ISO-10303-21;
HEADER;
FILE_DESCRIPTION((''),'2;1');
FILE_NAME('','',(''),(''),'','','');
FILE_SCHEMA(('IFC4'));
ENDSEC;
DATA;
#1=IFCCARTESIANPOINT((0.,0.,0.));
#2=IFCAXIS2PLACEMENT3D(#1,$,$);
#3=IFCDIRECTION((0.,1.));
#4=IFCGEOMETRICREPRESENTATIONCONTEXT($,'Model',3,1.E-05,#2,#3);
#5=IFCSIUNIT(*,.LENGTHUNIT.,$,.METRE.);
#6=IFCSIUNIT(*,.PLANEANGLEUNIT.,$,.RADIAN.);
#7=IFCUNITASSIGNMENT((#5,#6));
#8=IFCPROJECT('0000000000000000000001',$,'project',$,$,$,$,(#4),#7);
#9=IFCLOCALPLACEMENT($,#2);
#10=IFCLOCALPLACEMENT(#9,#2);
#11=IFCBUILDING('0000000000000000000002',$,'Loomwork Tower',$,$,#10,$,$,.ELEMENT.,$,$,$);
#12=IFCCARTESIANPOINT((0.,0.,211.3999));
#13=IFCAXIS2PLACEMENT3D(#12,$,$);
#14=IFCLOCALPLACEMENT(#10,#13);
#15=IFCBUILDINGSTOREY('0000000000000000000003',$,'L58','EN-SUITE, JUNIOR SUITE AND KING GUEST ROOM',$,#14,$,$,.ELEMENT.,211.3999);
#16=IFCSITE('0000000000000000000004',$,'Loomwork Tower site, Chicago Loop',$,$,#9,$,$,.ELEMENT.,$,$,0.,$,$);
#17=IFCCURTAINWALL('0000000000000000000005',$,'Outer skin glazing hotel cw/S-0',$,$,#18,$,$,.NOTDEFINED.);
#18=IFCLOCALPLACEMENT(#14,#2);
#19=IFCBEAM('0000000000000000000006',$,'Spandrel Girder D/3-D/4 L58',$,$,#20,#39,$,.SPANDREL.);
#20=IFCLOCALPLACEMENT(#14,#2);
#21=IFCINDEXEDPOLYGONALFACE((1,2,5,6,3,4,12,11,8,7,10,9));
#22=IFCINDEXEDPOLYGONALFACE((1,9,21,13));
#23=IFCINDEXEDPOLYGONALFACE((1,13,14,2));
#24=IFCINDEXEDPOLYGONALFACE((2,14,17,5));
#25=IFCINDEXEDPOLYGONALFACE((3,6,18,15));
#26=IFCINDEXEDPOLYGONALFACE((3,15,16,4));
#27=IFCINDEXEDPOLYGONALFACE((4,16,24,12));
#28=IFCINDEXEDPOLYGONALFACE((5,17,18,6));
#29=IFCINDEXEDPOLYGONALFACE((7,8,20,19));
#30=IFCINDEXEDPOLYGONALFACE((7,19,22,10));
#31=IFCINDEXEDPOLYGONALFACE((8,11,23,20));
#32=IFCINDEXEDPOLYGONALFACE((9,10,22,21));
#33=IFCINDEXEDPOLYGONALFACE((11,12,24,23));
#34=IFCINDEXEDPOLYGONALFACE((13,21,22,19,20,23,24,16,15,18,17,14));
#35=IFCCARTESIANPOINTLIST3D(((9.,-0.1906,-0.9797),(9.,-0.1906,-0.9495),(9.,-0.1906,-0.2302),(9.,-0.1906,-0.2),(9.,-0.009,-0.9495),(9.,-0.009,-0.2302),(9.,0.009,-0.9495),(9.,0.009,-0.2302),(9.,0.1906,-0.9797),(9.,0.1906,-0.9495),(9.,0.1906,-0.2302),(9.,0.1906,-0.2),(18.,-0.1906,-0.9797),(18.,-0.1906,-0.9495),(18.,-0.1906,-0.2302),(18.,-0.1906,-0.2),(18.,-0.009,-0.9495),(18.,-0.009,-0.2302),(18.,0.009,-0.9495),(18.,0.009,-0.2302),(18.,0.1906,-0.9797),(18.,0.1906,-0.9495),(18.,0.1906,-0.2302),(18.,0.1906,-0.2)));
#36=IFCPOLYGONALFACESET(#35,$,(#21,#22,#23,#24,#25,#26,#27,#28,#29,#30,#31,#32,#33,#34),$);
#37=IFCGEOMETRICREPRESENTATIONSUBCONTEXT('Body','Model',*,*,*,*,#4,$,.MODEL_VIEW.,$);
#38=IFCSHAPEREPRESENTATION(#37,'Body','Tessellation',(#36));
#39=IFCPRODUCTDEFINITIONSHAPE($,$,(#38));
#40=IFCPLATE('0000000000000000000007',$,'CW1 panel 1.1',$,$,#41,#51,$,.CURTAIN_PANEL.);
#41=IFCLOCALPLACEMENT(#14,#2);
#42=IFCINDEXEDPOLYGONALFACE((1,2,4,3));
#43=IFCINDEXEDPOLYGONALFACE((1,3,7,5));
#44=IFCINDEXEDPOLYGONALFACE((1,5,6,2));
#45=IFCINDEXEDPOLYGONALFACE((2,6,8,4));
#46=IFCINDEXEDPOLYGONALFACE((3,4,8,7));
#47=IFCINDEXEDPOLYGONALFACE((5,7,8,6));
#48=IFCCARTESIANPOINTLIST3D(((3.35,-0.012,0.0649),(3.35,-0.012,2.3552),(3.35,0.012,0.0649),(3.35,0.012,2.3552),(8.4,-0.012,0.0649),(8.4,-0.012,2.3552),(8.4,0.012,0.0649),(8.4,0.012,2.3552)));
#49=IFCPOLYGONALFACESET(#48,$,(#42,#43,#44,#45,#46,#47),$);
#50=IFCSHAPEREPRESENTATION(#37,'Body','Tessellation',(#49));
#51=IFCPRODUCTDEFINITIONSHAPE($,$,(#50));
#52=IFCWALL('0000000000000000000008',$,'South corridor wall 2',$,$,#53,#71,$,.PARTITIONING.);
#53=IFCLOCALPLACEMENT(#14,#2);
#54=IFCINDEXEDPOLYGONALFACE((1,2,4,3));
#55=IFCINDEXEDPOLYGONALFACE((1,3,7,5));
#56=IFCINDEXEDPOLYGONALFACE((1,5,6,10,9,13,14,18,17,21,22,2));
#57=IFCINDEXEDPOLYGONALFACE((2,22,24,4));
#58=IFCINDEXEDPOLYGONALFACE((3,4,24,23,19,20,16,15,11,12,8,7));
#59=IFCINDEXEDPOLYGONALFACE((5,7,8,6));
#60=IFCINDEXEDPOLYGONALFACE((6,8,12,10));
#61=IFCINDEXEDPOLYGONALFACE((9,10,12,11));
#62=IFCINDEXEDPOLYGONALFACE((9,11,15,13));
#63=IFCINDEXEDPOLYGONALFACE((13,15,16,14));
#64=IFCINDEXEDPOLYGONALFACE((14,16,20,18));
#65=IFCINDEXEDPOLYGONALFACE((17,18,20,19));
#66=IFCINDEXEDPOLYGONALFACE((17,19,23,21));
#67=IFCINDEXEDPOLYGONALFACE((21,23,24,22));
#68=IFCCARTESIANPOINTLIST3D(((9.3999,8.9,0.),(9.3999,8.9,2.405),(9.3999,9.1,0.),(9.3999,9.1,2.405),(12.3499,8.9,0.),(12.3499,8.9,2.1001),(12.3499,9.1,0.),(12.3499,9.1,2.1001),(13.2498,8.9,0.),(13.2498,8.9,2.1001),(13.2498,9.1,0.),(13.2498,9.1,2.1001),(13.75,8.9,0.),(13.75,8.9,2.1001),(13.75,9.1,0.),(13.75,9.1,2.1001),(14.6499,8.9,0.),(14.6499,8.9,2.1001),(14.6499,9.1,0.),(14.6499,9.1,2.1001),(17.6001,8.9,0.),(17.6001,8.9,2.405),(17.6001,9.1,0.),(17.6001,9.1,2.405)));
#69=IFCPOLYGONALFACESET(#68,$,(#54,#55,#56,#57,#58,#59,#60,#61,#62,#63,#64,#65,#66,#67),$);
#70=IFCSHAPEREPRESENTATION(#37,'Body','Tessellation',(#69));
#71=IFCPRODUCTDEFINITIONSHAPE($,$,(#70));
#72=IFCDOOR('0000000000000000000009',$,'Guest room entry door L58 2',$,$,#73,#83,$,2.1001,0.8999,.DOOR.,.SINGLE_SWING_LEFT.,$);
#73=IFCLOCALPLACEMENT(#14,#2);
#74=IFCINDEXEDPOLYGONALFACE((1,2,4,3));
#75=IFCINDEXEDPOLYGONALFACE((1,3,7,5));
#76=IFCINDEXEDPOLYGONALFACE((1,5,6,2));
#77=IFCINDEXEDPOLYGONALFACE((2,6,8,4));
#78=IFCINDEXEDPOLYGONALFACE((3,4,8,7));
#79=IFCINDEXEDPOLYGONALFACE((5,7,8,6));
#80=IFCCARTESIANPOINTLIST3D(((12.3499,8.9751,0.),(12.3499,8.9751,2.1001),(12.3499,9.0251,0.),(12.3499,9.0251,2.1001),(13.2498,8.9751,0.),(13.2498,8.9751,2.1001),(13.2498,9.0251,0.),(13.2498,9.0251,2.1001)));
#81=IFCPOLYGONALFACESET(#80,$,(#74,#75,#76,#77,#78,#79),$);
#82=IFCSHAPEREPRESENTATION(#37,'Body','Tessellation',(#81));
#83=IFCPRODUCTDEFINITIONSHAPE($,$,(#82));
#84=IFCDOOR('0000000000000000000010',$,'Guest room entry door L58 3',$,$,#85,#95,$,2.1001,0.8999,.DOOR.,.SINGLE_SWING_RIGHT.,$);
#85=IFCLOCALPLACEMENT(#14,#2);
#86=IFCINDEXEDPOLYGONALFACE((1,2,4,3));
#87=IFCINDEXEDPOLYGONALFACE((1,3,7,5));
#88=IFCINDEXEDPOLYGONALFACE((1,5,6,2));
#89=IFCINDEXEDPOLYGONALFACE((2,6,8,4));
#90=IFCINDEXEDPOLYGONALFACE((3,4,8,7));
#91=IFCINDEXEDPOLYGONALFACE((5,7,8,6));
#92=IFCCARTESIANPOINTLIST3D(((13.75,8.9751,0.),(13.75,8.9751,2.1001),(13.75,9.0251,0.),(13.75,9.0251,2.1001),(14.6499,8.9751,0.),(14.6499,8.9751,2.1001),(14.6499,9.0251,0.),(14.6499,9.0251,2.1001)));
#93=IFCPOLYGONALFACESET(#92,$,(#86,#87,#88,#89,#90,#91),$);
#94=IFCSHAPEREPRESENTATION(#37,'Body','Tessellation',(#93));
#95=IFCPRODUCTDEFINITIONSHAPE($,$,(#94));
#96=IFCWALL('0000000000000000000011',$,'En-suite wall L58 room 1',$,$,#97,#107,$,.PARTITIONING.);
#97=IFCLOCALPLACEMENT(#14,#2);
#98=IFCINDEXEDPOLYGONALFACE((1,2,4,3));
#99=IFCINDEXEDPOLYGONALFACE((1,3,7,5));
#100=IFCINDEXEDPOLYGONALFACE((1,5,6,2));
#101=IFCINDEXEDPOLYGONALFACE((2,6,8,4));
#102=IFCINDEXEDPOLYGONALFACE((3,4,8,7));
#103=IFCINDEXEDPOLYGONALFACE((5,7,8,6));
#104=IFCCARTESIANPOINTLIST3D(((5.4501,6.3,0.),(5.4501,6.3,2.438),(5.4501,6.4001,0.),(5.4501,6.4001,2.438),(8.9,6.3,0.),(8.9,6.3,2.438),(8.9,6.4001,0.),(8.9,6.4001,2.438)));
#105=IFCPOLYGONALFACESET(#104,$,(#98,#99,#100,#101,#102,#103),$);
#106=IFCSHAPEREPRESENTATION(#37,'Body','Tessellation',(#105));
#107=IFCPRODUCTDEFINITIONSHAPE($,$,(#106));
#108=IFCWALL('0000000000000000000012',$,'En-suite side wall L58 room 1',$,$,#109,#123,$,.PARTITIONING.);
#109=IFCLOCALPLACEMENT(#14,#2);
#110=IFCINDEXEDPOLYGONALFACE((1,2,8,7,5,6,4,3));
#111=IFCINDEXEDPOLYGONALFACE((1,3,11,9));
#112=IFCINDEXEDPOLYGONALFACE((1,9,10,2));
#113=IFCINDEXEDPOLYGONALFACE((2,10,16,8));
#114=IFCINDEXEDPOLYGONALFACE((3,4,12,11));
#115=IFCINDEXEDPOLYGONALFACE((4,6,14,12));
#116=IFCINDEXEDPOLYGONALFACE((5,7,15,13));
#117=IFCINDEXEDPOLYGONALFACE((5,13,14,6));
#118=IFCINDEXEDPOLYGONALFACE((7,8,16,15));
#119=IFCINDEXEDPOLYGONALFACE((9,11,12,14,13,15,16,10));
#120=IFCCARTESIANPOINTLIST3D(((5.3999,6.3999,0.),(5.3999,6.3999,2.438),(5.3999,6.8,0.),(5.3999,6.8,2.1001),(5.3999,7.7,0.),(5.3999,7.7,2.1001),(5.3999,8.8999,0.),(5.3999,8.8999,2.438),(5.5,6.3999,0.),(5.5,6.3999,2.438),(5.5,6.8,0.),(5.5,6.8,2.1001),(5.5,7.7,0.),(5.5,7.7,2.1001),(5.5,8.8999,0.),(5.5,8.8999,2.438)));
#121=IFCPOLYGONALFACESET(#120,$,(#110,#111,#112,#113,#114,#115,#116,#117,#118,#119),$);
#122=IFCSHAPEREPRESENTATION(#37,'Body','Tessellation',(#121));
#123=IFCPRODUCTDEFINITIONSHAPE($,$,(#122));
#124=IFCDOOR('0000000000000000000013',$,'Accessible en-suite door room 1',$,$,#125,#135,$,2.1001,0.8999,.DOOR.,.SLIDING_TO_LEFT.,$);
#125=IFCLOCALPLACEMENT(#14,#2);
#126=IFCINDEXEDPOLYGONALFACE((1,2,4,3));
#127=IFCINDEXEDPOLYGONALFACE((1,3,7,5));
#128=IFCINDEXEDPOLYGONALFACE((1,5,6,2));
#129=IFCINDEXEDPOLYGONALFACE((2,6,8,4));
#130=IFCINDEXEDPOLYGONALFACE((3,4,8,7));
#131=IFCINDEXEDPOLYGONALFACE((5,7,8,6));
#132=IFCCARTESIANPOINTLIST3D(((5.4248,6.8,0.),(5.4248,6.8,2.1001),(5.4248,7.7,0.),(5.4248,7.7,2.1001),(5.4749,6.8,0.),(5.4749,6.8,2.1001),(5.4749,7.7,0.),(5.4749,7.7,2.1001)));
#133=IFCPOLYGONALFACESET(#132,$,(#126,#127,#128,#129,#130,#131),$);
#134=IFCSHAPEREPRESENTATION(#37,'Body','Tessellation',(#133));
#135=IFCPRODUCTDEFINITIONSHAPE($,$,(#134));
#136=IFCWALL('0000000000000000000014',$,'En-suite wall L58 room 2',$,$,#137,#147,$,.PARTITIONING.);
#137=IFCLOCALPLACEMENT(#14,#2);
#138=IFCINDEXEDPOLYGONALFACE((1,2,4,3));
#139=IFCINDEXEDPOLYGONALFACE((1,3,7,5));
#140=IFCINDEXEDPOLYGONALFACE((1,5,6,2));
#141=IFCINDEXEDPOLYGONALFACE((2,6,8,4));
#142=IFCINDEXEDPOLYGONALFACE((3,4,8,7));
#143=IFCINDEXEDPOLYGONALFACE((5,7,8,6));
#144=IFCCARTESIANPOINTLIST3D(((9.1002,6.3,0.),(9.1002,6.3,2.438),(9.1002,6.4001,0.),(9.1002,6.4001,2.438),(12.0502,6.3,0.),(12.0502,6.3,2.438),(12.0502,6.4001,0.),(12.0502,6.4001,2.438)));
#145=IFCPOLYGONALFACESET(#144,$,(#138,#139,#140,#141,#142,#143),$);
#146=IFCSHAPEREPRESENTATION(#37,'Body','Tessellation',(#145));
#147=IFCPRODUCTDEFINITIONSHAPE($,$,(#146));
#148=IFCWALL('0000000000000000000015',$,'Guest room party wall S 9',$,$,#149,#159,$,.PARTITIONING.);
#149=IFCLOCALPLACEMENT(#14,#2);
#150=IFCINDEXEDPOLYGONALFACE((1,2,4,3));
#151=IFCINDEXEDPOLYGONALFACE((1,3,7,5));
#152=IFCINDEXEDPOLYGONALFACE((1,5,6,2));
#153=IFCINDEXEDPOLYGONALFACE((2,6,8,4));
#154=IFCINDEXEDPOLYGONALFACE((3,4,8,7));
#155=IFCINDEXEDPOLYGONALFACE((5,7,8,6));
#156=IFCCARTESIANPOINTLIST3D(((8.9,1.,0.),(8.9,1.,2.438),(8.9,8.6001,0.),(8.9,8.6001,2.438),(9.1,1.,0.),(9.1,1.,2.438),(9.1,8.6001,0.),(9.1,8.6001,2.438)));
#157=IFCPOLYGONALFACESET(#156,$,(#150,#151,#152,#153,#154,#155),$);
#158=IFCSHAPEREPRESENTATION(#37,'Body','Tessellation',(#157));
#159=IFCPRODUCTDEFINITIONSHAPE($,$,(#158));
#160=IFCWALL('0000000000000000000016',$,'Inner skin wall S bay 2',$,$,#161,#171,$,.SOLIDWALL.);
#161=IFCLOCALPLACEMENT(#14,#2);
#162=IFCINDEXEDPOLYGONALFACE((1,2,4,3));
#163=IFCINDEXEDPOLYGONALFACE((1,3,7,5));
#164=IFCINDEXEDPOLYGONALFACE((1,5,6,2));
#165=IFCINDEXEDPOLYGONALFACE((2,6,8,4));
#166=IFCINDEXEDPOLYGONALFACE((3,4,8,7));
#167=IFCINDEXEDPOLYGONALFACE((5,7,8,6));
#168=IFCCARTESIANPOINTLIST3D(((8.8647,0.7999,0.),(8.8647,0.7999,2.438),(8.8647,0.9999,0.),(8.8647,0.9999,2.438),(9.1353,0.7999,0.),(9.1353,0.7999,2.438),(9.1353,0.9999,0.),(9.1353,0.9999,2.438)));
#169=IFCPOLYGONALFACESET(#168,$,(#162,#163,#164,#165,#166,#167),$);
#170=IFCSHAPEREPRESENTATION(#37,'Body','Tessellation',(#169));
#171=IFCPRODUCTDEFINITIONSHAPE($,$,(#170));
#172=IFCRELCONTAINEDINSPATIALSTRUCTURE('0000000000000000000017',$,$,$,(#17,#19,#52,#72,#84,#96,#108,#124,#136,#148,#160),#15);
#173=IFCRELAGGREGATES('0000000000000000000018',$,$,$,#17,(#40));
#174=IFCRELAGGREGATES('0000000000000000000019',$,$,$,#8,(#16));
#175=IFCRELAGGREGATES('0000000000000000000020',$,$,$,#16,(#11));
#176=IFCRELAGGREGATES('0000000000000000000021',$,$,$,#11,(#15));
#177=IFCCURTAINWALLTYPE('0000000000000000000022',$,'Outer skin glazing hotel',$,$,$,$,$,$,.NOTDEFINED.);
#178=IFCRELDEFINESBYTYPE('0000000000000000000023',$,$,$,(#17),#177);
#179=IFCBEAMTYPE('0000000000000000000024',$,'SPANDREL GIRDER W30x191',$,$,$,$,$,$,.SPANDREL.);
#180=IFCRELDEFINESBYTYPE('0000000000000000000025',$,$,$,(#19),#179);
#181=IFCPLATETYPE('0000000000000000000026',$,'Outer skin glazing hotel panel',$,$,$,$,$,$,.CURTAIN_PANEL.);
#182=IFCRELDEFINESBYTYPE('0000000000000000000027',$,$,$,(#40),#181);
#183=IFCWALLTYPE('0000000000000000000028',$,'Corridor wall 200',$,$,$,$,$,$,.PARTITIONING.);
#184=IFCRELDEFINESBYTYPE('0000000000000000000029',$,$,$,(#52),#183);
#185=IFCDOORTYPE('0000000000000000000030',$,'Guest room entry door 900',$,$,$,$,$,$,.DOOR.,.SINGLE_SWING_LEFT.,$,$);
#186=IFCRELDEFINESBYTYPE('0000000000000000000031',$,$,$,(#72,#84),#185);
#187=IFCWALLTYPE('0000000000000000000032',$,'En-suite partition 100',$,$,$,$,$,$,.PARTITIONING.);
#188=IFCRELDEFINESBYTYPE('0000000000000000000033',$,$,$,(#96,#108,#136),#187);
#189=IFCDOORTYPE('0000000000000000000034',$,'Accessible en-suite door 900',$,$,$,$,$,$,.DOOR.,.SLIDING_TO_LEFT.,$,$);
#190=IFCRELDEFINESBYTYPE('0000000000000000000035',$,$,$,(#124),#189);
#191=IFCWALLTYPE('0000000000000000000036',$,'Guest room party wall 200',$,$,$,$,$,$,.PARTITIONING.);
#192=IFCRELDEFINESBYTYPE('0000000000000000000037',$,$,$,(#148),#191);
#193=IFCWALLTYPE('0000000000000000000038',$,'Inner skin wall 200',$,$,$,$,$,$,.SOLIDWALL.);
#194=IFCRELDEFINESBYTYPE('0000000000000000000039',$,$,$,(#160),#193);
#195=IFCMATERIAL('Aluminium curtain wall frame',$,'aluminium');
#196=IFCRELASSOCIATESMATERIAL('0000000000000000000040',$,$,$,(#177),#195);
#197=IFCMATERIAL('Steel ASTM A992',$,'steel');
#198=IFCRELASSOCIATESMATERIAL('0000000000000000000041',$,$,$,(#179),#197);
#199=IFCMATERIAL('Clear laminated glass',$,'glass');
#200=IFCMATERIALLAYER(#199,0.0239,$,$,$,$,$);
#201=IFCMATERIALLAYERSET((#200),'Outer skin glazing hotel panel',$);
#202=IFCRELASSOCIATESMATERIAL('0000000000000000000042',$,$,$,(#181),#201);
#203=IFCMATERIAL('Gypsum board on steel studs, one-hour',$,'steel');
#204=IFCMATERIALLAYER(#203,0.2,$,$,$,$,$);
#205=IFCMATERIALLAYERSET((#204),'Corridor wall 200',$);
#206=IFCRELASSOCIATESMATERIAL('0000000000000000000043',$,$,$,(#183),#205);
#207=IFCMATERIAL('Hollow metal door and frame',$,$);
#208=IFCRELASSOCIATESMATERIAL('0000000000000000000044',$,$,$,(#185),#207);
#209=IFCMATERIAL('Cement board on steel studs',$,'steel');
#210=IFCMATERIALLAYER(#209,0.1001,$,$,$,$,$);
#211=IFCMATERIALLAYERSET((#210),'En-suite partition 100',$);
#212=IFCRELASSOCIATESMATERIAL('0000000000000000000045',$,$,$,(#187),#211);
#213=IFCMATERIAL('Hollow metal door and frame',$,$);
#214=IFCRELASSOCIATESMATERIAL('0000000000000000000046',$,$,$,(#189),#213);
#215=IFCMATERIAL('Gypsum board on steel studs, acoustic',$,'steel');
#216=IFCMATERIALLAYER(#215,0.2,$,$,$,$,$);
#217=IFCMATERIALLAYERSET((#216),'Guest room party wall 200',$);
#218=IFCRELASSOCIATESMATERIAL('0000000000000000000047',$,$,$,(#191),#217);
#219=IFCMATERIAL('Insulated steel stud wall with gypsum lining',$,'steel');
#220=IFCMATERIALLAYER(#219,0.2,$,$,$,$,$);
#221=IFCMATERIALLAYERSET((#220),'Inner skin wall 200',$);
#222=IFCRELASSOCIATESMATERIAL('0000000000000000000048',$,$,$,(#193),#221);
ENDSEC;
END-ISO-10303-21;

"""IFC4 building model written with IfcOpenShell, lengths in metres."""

from ifc_helpers import new_model, si_unit, direction, frame, frame_2d, origin, origin_2d, place, context, subcontext, project, spatial, rectangle, i_section, extrude, material, layer, layer_set, material_profile, profile_set, type_object, element, fill, aggregate, save


model = new_model("IFC4")

# Units and contexts
model_context = context("Model", 3, precision=1e-05, world=origin(), true_north=direction((0.0, 1.0)))
body_context = subcontext(model_context, "Body", "Model", "MODEL_VIEW")
ifc_project = project(units=[si_unit("LENGTHUNIT", "METRE"), si_unit("PLANEANGLEUNIT", "RADIAN")], contexts=[model_context])

# Site, building, storey
site_placement = place(None, origin())
site = spatial("IfcSite", under=ifc_project, at=site_placement, Name="Loomwork Tower site, Chicago Loop", CompositionType="ELEMENT", RefElevation=0.0)
building_placement = place(site_placement, origin())
building = spatial("IfcBuilding", under=site, at=building_placement, Name="Loomwork Tower", CompositionType="ELEMENT")
storey_placement = place(building_placement, frame((0.0, 0.0, 211.3999)))
storey = spatial("IfcBuildingStorey", under=building, at=storey_placement, Name="L58", Description="EN-SUITE, JUNIOR SUITE AND KING GUEST ROOM", CompositionType="ELEMENT", Elevation=211.3999)

# Curtain wall
ifc_material_1 = material(Name="Aluminium curtain wall frame", Category="aluminium")
curtain_wall_type = type_object("IfcCurtainWallType", Name="Outer skin glazing hotel", PredefinedType="NOTDEFINED", material=ifc_material_1)
curtain_wall_1_placement = place(storey_placement, origin())
curtain_wall_1 = element("IfcCurtainWall", 1, at=curtain_wall_1_placement, inside=storey, type_object=curtain_wall_type, Name="Outer skin glazing hotel cw/S-0", PredefinedType="NOTDEFINED")

# Beam
ifc_material_2 = material(Name="Steel ASTM A992", Category="steel")
ifc_material_profile_1 = material_profile(ifc_material_2, i_section(OverallWidth=0.3811, OverallDepth=0.7798, WebThickness=0.0181, FlangeThickness=0.0303, at=origin_2d()), Name="W30x191")
ifc_profile_set_1 = profile_set([ifc_material_profile_1], Name="Steel ASTM A992")
beam_type_1 = type_object("IfcBeamType", Name="SPANDREL GIRDER W30x191", PredefinedType="SPANDREL", material=ifc_profile_set_1)
beam_1_placement = place(storey_placement, frame((9.0, 0.0, -0.5898), z_axis=(1.0, 0.0, 0.0), x_axis=(0.0, 1.0, 0.0)))
element("IfcBeam", 2, at=beam_1_placement, inside=storey, type_object=beam_type_1, Name="Spandrel Girder D/3-D/4 L58", PredefinedType="SPANDREL", context=body_context, shape_type="SweptSolid", body=[
    extrude(i_section(OverallWidth=0.3811, OverallDepth=0.7798, WebThickness=0.0181, FlangeThickness=0.0303, at=origin_2d()), origin(), (0.0, 0.0, 1.0), 9.0),
])

# Plate
ifc_material_3 = material(Name="Clear laminated glass", Category="glass")
ifc_layer_1 = layer(ifc_material_3, 0.0239)
ifc_layer_set_1 = layer_set([ifc_layer_1], Name="Outer skin glazing hotel panel")
plate_type = type_object("IfcPlateType", Name="Outer skin glazing hotel panel", PredefinedType="CURTAIN_PANEL", material=ifc_layer_set_1)
plate_placement = place(storey_placement, frame((5.875, 0.0, 0.0649), z_axis=(0.0, 0.0, 1.0), x_axis=(1.0, 0.0, 0.0)))
plate = element("IfcPlate", 3, at=plate_placement, type_object=plate_type, Name="CW1 panel 1.1", PredefinedType="CURTAIN_PANEL", context=body_context, shape_type="SweptSolid", body=[
    extrude(rectangle(XDim=5.05, YDim=0.0239, at=origin_2d()), origin(), (0.0, 0.0, 1.0), 2.2903),
])
aggregate(curtain_wall_1, [plate])

# Wall, openings, doors
ifc_material_4 = material(Name="Gypsum board on steel studs, one-hour", Category="steel")
ifc_layer_2 = layer(ifc_material_4, 0.2)
ifc_layer_set_2 = layer_set([ifc_layer_2], Name="Corridor wall 200")
wall_type_1 = type_object("IfcWallType", Name="Corridor wall 200", PredefinedType="PARTITIONING", material=ifc_layer_set_2)
wall_1_placement = place(storey_placement, frame((9.3999, 9.0, 0.0), z_axis=(0.0, 0.0, 1.0), x_axis=(1.0, 0.0, 0.0)))
wall_1 = element("IfcWall", 4, at=wall_1_placement, inside=storey, type_object=wall_type_1, Name="South corridor wall 2", PredefinedType="PARTITIONING", context=body_context, shape_type="SweptSolid", body=[
    extrude(rectangle(XDim=8.2002, YDim=0.2, at=frame_2d((4.1001, 0.0))), origin(), (0.0, 0.0, 1.0), 2.405),
])
opening_1_placement = place(wall_1_placement, frame((2.95, 0.0, 0.0)))
opening_1 = element("IfcOpeningElement", 5, at=opening_1_placement, cuts=wall_1, PredefinedType="OPENING", context=body_context, shape_type="SweptSolid", body=[
    extrude(rectangle(XDim=0.8999, YDim=2.1001, at=frame_2d((0.45, 1.05))), frame((0.0, 0.1099, 0.0), z_axis=(0.0, -1.0, 0.0), x_axis=(1.0, 0.0, 0.0)), (0.0, 0.0, 1.0), 0.22),
])
opening_2_placement = place(wall_1_placement, frame((4.3501, 0.0, 0.0)))
opening_2 = element("IfcOpeningElement", 6, at=opening_2_placement, cuts=wall_1, PredefinedType="OPENING", context=body_context, shape_type="SweptSolid", body=[
    extrude(rectangle(XDim=0.8999, YDim=2.1001, at=frame_2d((0.45, 1.05))), frame((0.0, 0.1099, 0.0), z_axis=(0.0, -1.0, 0.0), x_axis=(1.0, 0.0, 0.0)), (0.0, 0.0, 1.0), 0.22),
])
ifc_material_5 = material(Name="Hollow metal door and frame")
door_type_1 = type_object("IfcDoorType", Name="Guest room entry door 900", OperationType="SINGLE_SWING_LEFT", PredefinedType="DOOR", material=ifc_material_5)
door_1_placement = place(opening_1_placement, frame((0.8999, 0.0, 0.0), z_axis=(0.0, 0.0, 1.0), x_axis=(-1.0, 0.0, 0.0)))
door_1 = element("IfcDoor", 7, at=door_1_placement, inside=storey, type_object=door_type_1, Name="Guest room entry door L58 2", OperationType="SINGLE_SWING_LEFT", OverallHeight=2.1001, OverallWidth=0.8999, PredefinedType="DOOR", context=body_context, shape_type="SweptSolid", body=[
    extrude(rectangle(XDim=0.8999, YDim=2.1001, at=frame_2d((0.45, 1.05))), frame((0.0, 0.0249, 0.0), z_axis=(0.0, -1.0, 0.0), x_axis=(1.0, 0.0, 0.0)), (0.0, 0.0, 1.0), 0.05),
])
fill(opening_1, door_1)
door_2_placement = place(opening_2_placement, frame((0.8999, 0.0, 0.0), z_axis=(0.0, 0.0, 1.0), x_axis=(-1.0, 0.0, 0.0)))
door_2 = element("IfcDoor", 8, at=door_2_placement, inside=storey, type_object=door_type_1, Name="Guest room entry door L58 3", OperationType="SINGLE_SWING_RIGHT", OverallHeight=2.1001, OverallWidth=0.8999, PredefinedType="DOOR", context=body_context, shape_type="SweptSolid", body=[
    extrude(rectangle(XDim=0.8999, YDim=2.1001, at=frame_2d((0.45, 1.05))), frame((0.0, 0.0249, 0.0), z_axis=(0.0, -1.0, 0.0), x_axis=(1.0, 0.0, 0.0)), (0.0, 0.0, 1.0), 0.05),
])
fill(opening_2, door_2)

# Wall
ifc_material_6 = material(Name="Cement board on steel studs", Category="steel")
ifc_layer_3 = layer(ifc_material_6, 0.1001)
ifc_layer_set_3 = layer_set([ifc_layer_3], Name="En-suite partition 100")
wall_type_2 = type_object("IfcWallType", Name="En-suite partition 100", PredefinedType="PARTITIONING", material=ifc_layer_set_3)
wall_2_placement = place(storey_placement, frame((5.45, 6.3501, 0.0), z_axis=(0.0, 0.0, 1.0), x_axis=(1.0, 0.0, 0.0)))
element("IfcWall", 9, at=wall_2_placement, inside=storey, type_object=wall_type_2, Name="En-suite wall L58 room 1", PredefinedType="PARTITIONING", context=body_context, shape_type="SweptSolid", body=[
    extrude(rectangle(XDim=3.45, YDim=0.1001, at=frame_2d((1.7251, 0.0))), origin(), (0.0, 0.0, 1.0), 2.438),
])

# Wall, opening, door
wall_3_placement = place(storey_placement, frame((5.45, 8.8999, 0.0), z_axis=(0.0, 0.0, 1.0), x_axis=(0.0, -1.0, 0.0)))
wall_3 = element("IfcWall", 10, at=wall_3_placement, inside=storey, type_object=wall_type_2, Name="En-suite side wall L58 room 1", PredefinedType="PARTITIONING", context=body_context, shape_type="SweptSolid", body=[
    extrude(rectangle(XDim=2.5, YDim=0.1001, at=frame_2d((1.25, 0.0))), origin(), (0.0, 0.0, 1.0), 2.438),
])
opening_3_placement = place(wall_3_placement, frame((1.2, 0.0, 0.0)))
opening_3 = element("IfcOpeningElement", 11, at=opening_3_placement, cuts=wall_3, PredefinedType="OPENING", context=body_context, shape_type="SweptSolid", body=[
    extrude(rectangle(XDim=0.8999, YDim=2.1001, at=frame_2d((0.45, 1.05))), frame((0.0, 0.0601, 0.0), z_axis=(0.0, -1.0, 0.0), x_axis=(1.0, 0.0, 0.0)), (0.0, 0.0, 1.0), 0.1201),
])
ifc_material_7 = material(Name="Hollow metal door and frame")
door_type_2 = type_object("IfcDoorType", Name="Accessible en-suite door 900", OperationType="SLIDING_TO_LEFT", PredefinedType="DOOR", material=ifc_material_7)
door_3_placement = place(opening_3_placement, origin())
door_3 = element("IfcDoor", 12, at=door_3_placement, inside=storey, type_object=door_type_2, Name="Accessible en-suite door room 1", OperationType="SLIDING_TO_LEFT", OverallHeight=2.1001, OverallWidth=0.8999, PredefinedType="DOOR", context=body_context, shape_type="SweptSolid", body=[
    extrude(rectangle(XDim=0.8999, YDim=2.1001, at=frame_2d((0.45, 1.05))), frame((0.0, 0.0249, 0.0), z_axis=(0.0, -1.0, 0.0), x_axis=(1.0, 0.0, 0.0)), (0.0, 0.0, 1.0), 0.05),
])
fill(opening_3, door_3)

# Walls
wall_4_placement = place(storey_placement, frame((9.1001, 6.3501, 0.0), z_axis=(0.0, 0.0, 1.0), x_axis=(1.0, 0.0, 0.0)))
element("IfcWall", 13, at=wall_4_placement, inside=storey, type_object=wall_type_2, Name="En-suite wall L58 room 2", PredefinedType="PARTITIONING", context=body_context, shape_type="SweptSolid", body=[
    extrude(rectangle(XDim=2.95, YDim=0.1001, at=frame_2d((1.4751, 0.0))), origin(), (0.0, 0.0, 1.0), 2.438),
])
ifc_material_8 = material(Name="Gypsum board on steel studs, acoustic", Category="steel")
ifc_layer_4 = layer(ifc_material_8, 0.2)
ifc_layer_set_4 = layer_set([ifc_layer_4], Name="Guest room party wall 200")
wall_type_3 = type_object("IfcWallType", Name="Guest room party wall 200", PredefinedType="PARTITIONING", material=ifc_layer_set_4)
wall_5_placement = place(storey_placement, frame((9.0, 8.6001, 0.0), z_axis=(0.0, 0.0, 1.0), x_axis=(0.0, -1.0, 0.0)))
element("IfcWall", 14, at=wall_5_placement, inside=storey, type_object=wall_type_3, Name="Guest room party wall S 9", PredefinedType="PARTITIONING", context=body_context, shape_type="SweptSolid", body=[
    extrude(rectangle(XDim=7.6001, YDim=0.2, at=frame_2d((3.8, 0.0))), origin(), (0.0, 0.0, 1.0), 2.438),
])
ifc_material_9 = material(Name="Insulated steel stud wall with gypsum lining", Category="steel")
ifc_layer_5 = layer(ifc_material_9, 0.2)
ifc_layer_set_5 = layer_set([ifc_layer_5], Name="Inner skin wall 200")
wall_type_4 = type_object("IfcWallType", Name="Inner skin wall 200", PredefinedType="SOLIDWALL", material=ifc_layer_set_5)
wall_6_placement = place(storey_placement, frame((8.8647, 0.8999, 0.0), z_axis=(0.0, 0.0, 1.0), x_axis=(1.0, 0.0, 0.0)))
element("IfcWall", 15, at=wall_6_placement, inside=storey, type_object=wall_type_4, Name="Inner skin wall S bay 2", PredefinedType="SOLIDWALL", context=body_context, shape_type="SweptSolid", body=[
    extrude(rectangle(XDim=0.2705, YDim=0.2, at=frame_2d((0.1353, 0.0))), origin(), (0.0, 0.0, 1.0), 2.438),
])

save(model, "model.ifc")
